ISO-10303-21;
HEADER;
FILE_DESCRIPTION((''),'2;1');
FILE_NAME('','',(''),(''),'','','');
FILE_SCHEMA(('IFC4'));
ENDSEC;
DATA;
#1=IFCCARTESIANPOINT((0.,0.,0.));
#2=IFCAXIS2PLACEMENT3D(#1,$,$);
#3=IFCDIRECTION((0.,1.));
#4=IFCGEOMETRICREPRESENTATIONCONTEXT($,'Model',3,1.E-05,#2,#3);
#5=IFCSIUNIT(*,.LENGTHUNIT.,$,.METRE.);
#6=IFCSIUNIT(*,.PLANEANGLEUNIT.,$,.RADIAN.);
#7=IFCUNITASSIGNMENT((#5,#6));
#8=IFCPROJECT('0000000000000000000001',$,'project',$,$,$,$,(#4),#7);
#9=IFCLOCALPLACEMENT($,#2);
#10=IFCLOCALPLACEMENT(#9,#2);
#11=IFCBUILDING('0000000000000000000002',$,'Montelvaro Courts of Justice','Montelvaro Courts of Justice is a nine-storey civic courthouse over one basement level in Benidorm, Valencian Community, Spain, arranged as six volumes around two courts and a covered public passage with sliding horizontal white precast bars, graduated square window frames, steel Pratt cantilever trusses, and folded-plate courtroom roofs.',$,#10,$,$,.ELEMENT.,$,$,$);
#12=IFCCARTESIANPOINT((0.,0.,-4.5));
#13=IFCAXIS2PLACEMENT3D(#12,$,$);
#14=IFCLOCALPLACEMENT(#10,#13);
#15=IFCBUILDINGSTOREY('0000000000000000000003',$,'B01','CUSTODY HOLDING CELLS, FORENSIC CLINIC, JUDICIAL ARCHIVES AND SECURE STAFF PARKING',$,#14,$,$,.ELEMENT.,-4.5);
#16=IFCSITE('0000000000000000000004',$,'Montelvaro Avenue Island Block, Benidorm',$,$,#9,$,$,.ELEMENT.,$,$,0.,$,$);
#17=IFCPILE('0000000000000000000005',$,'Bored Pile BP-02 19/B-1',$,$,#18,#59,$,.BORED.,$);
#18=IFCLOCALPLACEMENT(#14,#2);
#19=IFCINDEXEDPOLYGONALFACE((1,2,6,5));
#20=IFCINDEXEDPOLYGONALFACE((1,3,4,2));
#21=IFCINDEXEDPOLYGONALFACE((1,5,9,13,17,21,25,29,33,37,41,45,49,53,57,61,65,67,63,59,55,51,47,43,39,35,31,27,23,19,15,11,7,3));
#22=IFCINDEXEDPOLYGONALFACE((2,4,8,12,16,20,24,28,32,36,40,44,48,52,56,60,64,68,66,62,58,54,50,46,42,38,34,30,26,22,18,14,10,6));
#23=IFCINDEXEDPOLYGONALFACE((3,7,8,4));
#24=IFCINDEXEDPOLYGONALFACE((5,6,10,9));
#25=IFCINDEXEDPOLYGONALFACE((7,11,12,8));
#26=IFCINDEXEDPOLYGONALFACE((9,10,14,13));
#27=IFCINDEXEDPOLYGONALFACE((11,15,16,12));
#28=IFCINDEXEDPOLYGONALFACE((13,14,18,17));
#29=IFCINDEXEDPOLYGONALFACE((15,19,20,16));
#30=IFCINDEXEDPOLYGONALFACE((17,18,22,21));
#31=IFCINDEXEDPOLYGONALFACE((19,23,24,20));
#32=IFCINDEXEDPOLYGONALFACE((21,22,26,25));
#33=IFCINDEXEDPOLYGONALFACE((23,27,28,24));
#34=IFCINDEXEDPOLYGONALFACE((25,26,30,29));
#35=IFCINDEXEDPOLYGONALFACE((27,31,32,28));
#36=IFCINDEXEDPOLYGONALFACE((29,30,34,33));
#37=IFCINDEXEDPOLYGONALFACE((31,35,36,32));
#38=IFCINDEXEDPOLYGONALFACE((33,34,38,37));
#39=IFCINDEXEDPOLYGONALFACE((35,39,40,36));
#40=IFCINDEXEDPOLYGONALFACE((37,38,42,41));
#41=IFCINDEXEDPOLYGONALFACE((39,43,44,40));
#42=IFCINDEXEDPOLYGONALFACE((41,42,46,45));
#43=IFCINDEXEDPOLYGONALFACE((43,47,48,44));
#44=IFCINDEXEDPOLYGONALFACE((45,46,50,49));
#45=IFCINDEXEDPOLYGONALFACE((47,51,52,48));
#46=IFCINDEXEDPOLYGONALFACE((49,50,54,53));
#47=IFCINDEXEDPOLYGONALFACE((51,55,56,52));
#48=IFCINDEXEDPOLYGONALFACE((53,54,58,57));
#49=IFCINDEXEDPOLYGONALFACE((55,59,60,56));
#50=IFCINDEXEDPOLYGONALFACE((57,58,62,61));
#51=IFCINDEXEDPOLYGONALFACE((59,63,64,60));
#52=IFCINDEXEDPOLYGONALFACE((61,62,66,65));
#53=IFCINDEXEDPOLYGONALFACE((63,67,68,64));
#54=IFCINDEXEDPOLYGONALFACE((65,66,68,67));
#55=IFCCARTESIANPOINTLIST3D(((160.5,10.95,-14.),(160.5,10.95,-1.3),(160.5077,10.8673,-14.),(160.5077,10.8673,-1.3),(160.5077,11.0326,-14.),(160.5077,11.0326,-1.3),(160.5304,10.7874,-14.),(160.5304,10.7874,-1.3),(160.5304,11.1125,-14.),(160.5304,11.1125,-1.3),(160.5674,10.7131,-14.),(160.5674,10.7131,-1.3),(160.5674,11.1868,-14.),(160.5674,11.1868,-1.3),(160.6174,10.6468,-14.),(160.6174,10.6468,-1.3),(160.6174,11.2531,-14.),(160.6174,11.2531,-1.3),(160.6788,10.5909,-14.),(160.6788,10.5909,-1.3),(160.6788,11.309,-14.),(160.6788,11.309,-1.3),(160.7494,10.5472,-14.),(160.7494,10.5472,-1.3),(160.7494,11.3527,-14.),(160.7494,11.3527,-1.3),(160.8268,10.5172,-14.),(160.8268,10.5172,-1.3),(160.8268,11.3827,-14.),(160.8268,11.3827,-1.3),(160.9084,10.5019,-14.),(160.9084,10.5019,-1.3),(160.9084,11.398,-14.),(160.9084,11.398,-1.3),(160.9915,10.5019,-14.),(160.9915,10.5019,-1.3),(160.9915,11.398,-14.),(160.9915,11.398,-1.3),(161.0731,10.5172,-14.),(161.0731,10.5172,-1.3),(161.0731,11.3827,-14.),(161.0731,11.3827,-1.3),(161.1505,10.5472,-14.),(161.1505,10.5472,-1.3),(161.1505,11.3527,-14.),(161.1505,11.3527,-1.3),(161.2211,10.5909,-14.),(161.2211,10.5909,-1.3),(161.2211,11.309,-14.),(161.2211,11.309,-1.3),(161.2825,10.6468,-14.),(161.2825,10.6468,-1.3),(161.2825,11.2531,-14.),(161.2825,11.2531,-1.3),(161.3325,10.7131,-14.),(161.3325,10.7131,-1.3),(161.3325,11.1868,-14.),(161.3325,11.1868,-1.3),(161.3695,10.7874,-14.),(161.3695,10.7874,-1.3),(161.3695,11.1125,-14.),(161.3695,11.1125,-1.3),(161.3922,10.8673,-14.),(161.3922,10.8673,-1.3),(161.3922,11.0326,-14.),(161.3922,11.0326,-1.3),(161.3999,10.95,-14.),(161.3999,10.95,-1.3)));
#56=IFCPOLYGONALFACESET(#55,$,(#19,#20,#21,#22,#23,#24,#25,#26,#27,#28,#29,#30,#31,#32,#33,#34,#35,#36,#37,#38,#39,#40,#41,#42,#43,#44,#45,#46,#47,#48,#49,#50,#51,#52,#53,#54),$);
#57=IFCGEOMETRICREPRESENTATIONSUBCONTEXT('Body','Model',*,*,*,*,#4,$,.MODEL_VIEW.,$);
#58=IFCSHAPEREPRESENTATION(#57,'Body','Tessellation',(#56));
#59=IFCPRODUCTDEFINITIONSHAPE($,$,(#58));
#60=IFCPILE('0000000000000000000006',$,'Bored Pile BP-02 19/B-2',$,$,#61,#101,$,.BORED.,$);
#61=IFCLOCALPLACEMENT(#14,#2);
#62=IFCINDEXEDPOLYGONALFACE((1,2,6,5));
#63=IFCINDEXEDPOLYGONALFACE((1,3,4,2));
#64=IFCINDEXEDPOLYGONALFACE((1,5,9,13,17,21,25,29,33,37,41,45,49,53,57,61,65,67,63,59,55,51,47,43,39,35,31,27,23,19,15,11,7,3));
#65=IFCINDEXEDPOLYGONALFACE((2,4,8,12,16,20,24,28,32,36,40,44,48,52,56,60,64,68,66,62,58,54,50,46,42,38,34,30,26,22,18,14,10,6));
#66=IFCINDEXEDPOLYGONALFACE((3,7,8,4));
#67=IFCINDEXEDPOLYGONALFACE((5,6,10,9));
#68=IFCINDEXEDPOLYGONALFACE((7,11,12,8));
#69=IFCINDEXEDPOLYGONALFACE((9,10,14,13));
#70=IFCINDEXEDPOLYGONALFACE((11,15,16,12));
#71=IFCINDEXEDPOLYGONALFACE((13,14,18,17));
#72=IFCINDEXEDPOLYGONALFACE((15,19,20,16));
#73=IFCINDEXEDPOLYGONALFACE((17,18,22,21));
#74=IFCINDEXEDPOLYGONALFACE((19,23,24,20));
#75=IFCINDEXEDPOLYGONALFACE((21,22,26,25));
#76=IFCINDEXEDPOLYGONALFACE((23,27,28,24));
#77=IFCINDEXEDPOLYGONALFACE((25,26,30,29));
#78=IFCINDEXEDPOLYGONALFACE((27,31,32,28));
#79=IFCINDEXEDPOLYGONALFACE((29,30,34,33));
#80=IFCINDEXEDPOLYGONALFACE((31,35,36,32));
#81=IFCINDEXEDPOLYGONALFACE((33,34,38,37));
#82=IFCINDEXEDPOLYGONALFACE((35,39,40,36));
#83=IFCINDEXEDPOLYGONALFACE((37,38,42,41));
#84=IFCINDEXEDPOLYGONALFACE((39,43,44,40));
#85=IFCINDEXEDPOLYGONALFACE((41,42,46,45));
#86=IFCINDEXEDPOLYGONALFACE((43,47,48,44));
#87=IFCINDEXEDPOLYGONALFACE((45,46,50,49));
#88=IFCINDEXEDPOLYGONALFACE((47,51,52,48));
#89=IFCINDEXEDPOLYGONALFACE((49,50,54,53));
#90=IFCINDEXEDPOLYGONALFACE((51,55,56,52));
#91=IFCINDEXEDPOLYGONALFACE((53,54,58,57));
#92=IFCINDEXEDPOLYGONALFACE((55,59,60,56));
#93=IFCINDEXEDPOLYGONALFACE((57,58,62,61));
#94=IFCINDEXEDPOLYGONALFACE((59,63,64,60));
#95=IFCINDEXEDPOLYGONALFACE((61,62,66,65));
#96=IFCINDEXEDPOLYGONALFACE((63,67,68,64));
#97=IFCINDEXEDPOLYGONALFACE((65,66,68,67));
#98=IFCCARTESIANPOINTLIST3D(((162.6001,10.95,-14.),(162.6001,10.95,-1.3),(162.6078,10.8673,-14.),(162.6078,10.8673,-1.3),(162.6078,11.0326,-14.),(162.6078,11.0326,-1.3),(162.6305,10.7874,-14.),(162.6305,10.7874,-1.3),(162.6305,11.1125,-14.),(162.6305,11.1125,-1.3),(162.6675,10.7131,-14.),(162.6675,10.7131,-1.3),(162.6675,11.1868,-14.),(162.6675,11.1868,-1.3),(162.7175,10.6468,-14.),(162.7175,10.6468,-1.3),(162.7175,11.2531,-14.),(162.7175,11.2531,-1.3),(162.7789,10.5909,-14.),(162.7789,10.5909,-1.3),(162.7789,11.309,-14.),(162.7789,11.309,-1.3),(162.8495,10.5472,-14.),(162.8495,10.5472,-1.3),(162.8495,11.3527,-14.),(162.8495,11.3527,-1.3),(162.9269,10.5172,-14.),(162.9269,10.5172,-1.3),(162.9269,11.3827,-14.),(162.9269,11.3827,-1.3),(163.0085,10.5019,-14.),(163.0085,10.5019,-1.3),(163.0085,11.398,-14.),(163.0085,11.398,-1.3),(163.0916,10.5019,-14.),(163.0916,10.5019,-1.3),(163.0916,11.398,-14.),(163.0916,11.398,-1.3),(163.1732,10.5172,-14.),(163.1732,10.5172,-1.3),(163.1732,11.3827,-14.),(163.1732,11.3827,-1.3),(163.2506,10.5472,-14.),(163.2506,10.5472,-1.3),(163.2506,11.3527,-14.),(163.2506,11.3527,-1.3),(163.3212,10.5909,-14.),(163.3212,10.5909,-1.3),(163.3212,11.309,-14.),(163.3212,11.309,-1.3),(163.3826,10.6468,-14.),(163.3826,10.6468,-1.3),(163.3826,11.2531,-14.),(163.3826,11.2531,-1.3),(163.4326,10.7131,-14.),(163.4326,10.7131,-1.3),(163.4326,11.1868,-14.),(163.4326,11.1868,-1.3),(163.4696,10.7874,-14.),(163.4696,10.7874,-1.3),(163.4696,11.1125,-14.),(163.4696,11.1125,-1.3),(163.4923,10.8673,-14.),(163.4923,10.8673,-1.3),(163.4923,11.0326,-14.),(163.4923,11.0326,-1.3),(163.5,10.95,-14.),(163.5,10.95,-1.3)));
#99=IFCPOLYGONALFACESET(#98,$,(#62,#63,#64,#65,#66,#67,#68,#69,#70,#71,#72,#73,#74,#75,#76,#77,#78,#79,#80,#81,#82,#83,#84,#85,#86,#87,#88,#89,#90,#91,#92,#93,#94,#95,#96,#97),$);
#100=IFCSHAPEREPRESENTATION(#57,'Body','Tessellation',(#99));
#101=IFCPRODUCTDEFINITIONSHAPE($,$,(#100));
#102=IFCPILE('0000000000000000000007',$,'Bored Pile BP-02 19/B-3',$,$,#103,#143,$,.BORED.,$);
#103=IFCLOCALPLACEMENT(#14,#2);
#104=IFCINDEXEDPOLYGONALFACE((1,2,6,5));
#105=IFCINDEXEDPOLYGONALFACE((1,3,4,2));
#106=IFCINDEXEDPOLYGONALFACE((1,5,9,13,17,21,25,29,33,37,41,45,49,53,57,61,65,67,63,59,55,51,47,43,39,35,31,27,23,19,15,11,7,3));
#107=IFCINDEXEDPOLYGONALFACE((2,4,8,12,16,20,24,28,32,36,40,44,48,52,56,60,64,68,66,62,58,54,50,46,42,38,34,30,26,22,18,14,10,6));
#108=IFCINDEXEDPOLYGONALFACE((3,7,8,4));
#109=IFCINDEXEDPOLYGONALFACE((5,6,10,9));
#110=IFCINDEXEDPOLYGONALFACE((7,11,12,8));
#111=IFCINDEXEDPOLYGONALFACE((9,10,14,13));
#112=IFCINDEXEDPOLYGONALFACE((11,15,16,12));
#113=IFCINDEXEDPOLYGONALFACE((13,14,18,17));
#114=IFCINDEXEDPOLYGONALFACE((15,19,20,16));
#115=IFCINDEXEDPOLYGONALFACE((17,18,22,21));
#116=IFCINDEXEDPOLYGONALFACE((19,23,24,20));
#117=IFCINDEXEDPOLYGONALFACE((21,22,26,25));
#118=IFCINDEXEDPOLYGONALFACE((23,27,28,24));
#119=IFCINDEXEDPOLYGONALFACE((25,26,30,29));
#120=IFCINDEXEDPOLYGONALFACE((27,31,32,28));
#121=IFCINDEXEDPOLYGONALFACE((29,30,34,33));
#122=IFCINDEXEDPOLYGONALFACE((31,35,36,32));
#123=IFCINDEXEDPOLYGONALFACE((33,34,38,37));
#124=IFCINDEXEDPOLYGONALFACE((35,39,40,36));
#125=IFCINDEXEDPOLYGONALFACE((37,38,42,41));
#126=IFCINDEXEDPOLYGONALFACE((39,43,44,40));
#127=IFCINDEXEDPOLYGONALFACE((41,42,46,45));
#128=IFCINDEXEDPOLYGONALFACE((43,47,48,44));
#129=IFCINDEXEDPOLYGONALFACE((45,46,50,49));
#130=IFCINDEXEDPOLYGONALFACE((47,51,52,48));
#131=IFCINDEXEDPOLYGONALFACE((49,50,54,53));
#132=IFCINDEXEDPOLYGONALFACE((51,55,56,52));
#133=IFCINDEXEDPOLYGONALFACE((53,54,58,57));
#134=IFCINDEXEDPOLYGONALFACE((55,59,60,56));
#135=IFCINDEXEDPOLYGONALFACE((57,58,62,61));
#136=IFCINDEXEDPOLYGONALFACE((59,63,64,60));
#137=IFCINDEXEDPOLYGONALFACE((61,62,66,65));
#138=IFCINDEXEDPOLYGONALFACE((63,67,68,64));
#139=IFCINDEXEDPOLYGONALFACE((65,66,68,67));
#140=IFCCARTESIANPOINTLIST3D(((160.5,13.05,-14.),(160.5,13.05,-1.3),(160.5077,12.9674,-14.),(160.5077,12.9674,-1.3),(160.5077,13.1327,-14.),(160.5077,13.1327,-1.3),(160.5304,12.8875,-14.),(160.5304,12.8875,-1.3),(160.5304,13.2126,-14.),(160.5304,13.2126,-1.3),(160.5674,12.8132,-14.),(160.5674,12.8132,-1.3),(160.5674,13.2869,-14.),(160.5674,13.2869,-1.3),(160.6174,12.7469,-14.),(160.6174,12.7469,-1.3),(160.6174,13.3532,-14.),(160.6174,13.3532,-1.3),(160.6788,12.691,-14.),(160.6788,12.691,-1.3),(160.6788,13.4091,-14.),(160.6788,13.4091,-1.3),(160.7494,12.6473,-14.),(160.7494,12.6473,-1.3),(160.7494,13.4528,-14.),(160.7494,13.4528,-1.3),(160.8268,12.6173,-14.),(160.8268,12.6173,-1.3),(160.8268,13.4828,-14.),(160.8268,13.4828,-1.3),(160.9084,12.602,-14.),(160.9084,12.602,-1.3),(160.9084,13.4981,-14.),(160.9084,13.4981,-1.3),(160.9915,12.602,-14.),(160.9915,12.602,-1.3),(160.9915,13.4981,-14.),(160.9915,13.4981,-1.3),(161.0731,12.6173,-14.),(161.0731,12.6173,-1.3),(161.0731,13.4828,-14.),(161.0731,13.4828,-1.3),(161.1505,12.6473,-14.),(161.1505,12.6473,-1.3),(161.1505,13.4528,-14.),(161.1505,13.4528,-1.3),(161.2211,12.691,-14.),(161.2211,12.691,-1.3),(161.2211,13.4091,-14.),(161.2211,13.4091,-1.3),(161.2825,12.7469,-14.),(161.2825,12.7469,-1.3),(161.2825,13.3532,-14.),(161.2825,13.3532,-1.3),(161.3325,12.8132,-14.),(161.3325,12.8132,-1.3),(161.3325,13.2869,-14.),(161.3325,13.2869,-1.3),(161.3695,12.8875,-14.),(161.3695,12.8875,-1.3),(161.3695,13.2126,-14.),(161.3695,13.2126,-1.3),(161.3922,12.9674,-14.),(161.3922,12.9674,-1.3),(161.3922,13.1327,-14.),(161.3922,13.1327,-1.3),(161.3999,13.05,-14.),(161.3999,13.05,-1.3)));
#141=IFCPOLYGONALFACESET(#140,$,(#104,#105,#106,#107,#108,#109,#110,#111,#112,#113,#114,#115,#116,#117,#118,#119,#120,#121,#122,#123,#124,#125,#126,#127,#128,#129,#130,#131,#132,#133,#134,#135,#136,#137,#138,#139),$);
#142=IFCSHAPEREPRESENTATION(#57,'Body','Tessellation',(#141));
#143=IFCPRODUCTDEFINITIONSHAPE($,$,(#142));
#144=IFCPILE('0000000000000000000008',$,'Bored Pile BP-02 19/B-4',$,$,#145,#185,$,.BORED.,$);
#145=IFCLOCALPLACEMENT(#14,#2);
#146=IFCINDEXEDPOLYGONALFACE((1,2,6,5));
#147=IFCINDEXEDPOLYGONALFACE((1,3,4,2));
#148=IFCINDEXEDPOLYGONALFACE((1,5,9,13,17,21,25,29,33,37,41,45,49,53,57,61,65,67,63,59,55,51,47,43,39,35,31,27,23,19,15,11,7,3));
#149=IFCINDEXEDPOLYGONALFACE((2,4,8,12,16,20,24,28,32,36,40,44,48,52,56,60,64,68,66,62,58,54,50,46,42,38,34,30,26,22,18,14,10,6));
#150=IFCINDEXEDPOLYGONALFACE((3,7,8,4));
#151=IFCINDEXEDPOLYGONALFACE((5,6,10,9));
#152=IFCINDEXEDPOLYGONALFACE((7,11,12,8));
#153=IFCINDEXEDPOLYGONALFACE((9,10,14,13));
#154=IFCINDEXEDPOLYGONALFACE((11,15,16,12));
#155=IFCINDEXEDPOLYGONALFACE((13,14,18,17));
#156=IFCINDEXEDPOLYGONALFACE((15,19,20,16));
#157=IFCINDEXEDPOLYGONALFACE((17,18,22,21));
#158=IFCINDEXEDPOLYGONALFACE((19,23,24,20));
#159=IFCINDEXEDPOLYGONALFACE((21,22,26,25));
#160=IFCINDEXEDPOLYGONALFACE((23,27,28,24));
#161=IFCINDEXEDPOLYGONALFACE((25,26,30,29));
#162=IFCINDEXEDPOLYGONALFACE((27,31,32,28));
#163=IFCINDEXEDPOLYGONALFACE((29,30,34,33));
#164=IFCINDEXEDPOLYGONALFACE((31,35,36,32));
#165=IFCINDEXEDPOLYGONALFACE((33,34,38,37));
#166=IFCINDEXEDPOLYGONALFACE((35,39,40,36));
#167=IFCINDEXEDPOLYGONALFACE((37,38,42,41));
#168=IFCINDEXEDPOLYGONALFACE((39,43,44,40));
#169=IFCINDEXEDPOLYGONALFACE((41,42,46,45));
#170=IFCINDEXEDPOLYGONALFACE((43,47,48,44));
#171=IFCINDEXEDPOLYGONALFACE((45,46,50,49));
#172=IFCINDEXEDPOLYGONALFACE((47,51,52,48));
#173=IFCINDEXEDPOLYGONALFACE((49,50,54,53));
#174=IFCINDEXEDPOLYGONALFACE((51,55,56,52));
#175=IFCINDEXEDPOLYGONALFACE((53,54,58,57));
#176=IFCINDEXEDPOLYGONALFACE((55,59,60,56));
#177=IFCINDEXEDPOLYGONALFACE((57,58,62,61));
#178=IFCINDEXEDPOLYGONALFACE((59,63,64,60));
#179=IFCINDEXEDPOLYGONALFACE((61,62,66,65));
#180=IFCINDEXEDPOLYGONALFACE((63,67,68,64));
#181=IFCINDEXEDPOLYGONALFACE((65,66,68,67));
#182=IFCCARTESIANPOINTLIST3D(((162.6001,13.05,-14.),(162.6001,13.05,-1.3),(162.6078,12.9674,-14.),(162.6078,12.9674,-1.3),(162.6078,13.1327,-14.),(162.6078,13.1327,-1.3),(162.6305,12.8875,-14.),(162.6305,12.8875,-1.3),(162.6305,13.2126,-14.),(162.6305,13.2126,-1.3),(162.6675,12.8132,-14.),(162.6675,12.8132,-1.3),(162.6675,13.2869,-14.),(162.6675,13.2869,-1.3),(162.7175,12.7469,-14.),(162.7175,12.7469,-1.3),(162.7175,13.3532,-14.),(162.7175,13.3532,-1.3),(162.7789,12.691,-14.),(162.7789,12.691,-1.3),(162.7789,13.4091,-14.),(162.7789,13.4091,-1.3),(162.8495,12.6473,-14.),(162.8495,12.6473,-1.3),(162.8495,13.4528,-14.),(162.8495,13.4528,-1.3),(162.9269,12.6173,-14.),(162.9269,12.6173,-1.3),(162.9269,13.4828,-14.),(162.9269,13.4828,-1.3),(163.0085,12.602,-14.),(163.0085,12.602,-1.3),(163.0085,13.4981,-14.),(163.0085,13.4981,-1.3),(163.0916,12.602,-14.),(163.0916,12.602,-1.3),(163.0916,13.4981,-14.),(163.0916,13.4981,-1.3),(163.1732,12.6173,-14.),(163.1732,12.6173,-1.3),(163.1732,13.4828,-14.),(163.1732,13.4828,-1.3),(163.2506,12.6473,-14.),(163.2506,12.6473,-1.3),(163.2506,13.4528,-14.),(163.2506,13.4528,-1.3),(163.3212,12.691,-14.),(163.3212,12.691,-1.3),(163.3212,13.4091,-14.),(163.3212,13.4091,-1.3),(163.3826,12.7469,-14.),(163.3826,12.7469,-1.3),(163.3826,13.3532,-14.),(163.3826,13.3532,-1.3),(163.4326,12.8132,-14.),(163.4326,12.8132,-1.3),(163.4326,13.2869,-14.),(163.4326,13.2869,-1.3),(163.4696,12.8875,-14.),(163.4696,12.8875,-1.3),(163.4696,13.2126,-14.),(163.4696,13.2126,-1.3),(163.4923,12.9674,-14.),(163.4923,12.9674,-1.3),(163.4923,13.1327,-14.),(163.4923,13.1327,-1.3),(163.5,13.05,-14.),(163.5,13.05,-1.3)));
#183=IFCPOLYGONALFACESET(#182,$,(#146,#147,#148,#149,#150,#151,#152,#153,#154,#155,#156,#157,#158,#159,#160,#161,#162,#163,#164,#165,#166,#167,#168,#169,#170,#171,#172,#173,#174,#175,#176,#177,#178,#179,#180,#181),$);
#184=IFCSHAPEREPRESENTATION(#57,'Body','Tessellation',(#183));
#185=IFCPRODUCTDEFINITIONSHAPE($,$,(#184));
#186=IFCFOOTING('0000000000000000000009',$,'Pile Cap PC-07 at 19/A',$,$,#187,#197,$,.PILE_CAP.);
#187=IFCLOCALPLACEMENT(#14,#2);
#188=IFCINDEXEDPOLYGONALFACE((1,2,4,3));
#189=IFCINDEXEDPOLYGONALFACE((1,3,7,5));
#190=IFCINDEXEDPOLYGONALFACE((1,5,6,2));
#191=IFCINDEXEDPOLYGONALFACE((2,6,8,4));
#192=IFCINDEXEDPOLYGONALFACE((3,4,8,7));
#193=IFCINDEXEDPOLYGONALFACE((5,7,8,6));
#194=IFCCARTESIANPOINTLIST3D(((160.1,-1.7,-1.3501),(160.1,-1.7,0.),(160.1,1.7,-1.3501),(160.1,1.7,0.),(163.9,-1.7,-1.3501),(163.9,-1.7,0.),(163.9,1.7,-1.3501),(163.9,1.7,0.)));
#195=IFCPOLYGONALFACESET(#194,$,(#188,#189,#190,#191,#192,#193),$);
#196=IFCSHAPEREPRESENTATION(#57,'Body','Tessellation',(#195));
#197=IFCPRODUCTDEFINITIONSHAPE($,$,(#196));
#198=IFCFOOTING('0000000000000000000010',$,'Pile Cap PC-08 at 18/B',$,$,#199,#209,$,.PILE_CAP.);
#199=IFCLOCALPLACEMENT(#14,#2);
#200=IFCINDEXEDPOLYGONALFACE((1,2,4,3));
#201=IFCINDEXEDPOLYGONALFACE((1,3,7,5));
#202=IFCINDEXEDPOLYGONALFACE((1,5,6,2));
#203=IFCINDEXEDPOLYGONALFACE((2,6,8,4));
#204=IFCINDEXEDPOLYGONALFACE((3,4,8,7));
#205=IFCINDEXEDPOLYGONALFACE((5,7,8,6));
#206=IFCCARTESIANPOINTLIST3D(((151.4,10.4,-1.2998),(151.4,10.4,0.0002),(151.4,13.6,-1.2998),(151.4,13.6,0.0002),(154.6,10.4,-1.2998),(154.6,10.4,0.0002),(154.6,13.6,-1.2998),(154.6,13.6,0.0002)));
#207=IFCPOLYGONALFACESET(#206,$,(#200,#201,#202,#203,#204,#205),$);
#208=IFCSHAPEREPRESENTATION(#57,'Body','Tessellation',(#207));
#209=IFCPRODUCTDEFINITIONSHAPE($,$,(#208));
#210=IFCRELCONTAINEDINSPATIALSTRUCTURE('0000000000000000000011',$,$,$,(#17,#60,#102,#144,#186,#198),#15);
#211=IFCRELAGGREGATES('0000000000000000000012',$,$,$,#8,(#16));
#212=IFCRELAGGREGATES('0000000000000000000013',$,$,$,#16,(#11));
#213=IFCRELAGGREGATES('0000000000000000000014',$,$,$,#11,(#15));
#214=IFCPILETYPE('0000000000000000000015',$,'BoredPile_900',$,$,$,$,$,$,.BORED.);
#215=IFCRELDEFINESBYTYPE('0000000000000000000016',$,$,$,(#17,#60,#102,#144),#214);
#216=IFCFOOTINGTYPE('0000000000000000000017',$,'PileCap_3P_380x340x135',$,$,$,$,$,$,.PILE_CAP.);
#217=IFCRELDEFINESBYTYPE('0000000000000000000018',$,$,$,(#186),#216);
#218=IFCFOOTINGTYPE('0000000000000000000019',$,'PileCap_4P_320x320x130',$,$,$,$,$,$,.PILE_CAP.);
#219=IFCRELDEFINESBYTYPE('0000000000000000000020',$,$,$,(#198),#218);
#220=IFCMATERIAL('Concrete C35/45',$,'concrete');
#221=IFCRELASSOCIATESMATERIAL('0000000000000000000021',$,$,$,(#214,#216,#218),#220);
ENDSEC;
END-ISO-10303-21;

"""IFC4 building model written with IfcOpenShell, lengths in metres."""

from ifc_helpers import new_model, si_unit, direction, frame, origin, origin_2d, place, context, subcontext, project, spatial, rectangle, circle, extrude, material, material_profile, profile_set, type_object, element, save


model = new_model("IFC4")

# Units and contexts
model_context = context("Model", 3, precision=1e-05, world=origin(), true_north=direction((0.0, 1.0)))
body_context = subcontext(model_context, "Body", "Model", "MODEL_VIEW")
ifc_project = project(units=[si_unit("LENGTHUNIT", "METRE"), si_unit("PLANEANGLEUNIT", "RADIAN")], contexts=[model_context])

# Site, building, storey
site_placement = place(None, origin())
site = spatial("IfcSite", under=ifc_project, at=site_placement, Name="Montelvaro Avenue Island Block, Benidorm", CompositionType="ELEMENT", RefElevation=0.0)
building_placement = place(site_placement, origin())
building = spatial("IfcBuilding", under=site, at=building_placement, Name="Montelvaro Courts of Justice", Description="Montelvaro Courts of Justice is a nine-storey civic courthouse over one basement level in Benidorm, Valencian Community, Spain, arranged as six volumes around two courts and a covered public passage with sliding horizontal white precast bars, graduated square window frames, steel Pratt cantilever trusses, and folded-plate courtroom roofs.", CompositionType="ELEMENT")
storey_placement = place(building_placement, frame((0.0, 0.0, -4.5)))
storey = spatial("IfcBuildingStorey", under=building, at=storey_placement, Name="B01", Description="CUSTODY HOLDING CELLS, FORENSIC CLINIC, JUDICIAL ARCHIVES AND SECURE STAFF PARKING", CompositionType="ELEMENT", Elevation=-4.5)

# Piles
ifc_material_1 = material(Name="Concrete C35/45", Category="concrete")
ifc_material_profile_1 = material_profile(ifc_material_1, circle(Radius=0.45, at=origin_2d()), Name="BORED PILE D900")
ifc_profile_set_1 = profile_set([ifc_material_profile_1], Name="Concrete C35/45")
pile_type_1 = type_object("IfcPileType", Name="BoredPile_900", PredefinedType="BORED", material=ifc_profile_set_1)
for number, where, z_axis, x_axis, name in (
    (1, (160.95, 10.95, -1.3), (0.0, 0.0, -1.0), (1.0, 0.0, 0.0), "Bored Pile BP-02 19/B-1"),
    (2, (163.05, 10.95, -1.3), (0.0, 0.0, -1.0), (1.0, 0.0, 0.0), "Bored Pile BP-02 19/B-2"),
    (3, (160.95, 13.05, -1.3), (0.0, 0.0, -1.0), (1.0, 0.0, 0.0), "Bored Pile BP-02 19/B-3"),
    (4, (163.05, 13.05, -1.3), (0.0, 0.0, -1.0), (1.0, 0.0, 0.0), "Bored Pile BP-02 19/B-4"),
):
    element("IfcPile", number, at=place(storey_placement, frame(where, z_axis=z_axis, x_axis=x_axis)), inside=storey, type_object=pile_type_1, Name=name, PredefinedType="BORED", context=body_context, shape_type="SweptSolid", body=[
        extrude(circle(Radius=0.45, at=origin_2d()), origin(), (0.0, 0.0, 1.0), 12.7),
    ])

# Footings
footing_type_1 = type_object("IfcFootingType", Name="PileCap_3P_380x340x135", PredefinedType="PILE_CAP", material=ifc_material_1)
footing_1_placement = place(storey_placement, frame((162.0, 0.0, -1.3501), z_axis=(0.0, 0.0, 1.0), x_axis=(1.0, 0.0, 0.0)))
element("IfcFooting", 5, at=footing_1_placement, inside=storey, type_object=footing_type_1, Name="Pile Cap PC-07 at 19/A", PredefinedType="PILE_CAP", context=body_context, shape_type="SweptSolid", body=[
    extrude(rectangle(XDim=3.8, YDim=3.3999, at=origin_2d()), origin(), (0.0, 0.0, 1.0), 1.3501),
])
footing_type_2 = type_object("IfcFootingType", Name="PileCap_4P_320x320x130", PredefinedType="PILE_CAP", material=ifc_material_1)
footing_2_placement = place(storey_placement, frame((153.0, 12.0, -1.2998), z_axis=(0.0, 0.0, 1.0), x_axis=(1.0, 0.0, 0.0)))
element("IfcFooting", 6, at=footing_2_placement, inside=storey, type_object=footing_type_2, Name="Pile Cap PC-08 at 18/B", PredefinedType="PILE_CAP", context=body_context, shape_type="SweptSolid", body=[
    extrude(rectangle(XDim=3.2, YDim=3.2, at=origin_2d()), origin(), (0.0, 0.0, 1.0), 1.3),
])

save(model, "model.ifc")
